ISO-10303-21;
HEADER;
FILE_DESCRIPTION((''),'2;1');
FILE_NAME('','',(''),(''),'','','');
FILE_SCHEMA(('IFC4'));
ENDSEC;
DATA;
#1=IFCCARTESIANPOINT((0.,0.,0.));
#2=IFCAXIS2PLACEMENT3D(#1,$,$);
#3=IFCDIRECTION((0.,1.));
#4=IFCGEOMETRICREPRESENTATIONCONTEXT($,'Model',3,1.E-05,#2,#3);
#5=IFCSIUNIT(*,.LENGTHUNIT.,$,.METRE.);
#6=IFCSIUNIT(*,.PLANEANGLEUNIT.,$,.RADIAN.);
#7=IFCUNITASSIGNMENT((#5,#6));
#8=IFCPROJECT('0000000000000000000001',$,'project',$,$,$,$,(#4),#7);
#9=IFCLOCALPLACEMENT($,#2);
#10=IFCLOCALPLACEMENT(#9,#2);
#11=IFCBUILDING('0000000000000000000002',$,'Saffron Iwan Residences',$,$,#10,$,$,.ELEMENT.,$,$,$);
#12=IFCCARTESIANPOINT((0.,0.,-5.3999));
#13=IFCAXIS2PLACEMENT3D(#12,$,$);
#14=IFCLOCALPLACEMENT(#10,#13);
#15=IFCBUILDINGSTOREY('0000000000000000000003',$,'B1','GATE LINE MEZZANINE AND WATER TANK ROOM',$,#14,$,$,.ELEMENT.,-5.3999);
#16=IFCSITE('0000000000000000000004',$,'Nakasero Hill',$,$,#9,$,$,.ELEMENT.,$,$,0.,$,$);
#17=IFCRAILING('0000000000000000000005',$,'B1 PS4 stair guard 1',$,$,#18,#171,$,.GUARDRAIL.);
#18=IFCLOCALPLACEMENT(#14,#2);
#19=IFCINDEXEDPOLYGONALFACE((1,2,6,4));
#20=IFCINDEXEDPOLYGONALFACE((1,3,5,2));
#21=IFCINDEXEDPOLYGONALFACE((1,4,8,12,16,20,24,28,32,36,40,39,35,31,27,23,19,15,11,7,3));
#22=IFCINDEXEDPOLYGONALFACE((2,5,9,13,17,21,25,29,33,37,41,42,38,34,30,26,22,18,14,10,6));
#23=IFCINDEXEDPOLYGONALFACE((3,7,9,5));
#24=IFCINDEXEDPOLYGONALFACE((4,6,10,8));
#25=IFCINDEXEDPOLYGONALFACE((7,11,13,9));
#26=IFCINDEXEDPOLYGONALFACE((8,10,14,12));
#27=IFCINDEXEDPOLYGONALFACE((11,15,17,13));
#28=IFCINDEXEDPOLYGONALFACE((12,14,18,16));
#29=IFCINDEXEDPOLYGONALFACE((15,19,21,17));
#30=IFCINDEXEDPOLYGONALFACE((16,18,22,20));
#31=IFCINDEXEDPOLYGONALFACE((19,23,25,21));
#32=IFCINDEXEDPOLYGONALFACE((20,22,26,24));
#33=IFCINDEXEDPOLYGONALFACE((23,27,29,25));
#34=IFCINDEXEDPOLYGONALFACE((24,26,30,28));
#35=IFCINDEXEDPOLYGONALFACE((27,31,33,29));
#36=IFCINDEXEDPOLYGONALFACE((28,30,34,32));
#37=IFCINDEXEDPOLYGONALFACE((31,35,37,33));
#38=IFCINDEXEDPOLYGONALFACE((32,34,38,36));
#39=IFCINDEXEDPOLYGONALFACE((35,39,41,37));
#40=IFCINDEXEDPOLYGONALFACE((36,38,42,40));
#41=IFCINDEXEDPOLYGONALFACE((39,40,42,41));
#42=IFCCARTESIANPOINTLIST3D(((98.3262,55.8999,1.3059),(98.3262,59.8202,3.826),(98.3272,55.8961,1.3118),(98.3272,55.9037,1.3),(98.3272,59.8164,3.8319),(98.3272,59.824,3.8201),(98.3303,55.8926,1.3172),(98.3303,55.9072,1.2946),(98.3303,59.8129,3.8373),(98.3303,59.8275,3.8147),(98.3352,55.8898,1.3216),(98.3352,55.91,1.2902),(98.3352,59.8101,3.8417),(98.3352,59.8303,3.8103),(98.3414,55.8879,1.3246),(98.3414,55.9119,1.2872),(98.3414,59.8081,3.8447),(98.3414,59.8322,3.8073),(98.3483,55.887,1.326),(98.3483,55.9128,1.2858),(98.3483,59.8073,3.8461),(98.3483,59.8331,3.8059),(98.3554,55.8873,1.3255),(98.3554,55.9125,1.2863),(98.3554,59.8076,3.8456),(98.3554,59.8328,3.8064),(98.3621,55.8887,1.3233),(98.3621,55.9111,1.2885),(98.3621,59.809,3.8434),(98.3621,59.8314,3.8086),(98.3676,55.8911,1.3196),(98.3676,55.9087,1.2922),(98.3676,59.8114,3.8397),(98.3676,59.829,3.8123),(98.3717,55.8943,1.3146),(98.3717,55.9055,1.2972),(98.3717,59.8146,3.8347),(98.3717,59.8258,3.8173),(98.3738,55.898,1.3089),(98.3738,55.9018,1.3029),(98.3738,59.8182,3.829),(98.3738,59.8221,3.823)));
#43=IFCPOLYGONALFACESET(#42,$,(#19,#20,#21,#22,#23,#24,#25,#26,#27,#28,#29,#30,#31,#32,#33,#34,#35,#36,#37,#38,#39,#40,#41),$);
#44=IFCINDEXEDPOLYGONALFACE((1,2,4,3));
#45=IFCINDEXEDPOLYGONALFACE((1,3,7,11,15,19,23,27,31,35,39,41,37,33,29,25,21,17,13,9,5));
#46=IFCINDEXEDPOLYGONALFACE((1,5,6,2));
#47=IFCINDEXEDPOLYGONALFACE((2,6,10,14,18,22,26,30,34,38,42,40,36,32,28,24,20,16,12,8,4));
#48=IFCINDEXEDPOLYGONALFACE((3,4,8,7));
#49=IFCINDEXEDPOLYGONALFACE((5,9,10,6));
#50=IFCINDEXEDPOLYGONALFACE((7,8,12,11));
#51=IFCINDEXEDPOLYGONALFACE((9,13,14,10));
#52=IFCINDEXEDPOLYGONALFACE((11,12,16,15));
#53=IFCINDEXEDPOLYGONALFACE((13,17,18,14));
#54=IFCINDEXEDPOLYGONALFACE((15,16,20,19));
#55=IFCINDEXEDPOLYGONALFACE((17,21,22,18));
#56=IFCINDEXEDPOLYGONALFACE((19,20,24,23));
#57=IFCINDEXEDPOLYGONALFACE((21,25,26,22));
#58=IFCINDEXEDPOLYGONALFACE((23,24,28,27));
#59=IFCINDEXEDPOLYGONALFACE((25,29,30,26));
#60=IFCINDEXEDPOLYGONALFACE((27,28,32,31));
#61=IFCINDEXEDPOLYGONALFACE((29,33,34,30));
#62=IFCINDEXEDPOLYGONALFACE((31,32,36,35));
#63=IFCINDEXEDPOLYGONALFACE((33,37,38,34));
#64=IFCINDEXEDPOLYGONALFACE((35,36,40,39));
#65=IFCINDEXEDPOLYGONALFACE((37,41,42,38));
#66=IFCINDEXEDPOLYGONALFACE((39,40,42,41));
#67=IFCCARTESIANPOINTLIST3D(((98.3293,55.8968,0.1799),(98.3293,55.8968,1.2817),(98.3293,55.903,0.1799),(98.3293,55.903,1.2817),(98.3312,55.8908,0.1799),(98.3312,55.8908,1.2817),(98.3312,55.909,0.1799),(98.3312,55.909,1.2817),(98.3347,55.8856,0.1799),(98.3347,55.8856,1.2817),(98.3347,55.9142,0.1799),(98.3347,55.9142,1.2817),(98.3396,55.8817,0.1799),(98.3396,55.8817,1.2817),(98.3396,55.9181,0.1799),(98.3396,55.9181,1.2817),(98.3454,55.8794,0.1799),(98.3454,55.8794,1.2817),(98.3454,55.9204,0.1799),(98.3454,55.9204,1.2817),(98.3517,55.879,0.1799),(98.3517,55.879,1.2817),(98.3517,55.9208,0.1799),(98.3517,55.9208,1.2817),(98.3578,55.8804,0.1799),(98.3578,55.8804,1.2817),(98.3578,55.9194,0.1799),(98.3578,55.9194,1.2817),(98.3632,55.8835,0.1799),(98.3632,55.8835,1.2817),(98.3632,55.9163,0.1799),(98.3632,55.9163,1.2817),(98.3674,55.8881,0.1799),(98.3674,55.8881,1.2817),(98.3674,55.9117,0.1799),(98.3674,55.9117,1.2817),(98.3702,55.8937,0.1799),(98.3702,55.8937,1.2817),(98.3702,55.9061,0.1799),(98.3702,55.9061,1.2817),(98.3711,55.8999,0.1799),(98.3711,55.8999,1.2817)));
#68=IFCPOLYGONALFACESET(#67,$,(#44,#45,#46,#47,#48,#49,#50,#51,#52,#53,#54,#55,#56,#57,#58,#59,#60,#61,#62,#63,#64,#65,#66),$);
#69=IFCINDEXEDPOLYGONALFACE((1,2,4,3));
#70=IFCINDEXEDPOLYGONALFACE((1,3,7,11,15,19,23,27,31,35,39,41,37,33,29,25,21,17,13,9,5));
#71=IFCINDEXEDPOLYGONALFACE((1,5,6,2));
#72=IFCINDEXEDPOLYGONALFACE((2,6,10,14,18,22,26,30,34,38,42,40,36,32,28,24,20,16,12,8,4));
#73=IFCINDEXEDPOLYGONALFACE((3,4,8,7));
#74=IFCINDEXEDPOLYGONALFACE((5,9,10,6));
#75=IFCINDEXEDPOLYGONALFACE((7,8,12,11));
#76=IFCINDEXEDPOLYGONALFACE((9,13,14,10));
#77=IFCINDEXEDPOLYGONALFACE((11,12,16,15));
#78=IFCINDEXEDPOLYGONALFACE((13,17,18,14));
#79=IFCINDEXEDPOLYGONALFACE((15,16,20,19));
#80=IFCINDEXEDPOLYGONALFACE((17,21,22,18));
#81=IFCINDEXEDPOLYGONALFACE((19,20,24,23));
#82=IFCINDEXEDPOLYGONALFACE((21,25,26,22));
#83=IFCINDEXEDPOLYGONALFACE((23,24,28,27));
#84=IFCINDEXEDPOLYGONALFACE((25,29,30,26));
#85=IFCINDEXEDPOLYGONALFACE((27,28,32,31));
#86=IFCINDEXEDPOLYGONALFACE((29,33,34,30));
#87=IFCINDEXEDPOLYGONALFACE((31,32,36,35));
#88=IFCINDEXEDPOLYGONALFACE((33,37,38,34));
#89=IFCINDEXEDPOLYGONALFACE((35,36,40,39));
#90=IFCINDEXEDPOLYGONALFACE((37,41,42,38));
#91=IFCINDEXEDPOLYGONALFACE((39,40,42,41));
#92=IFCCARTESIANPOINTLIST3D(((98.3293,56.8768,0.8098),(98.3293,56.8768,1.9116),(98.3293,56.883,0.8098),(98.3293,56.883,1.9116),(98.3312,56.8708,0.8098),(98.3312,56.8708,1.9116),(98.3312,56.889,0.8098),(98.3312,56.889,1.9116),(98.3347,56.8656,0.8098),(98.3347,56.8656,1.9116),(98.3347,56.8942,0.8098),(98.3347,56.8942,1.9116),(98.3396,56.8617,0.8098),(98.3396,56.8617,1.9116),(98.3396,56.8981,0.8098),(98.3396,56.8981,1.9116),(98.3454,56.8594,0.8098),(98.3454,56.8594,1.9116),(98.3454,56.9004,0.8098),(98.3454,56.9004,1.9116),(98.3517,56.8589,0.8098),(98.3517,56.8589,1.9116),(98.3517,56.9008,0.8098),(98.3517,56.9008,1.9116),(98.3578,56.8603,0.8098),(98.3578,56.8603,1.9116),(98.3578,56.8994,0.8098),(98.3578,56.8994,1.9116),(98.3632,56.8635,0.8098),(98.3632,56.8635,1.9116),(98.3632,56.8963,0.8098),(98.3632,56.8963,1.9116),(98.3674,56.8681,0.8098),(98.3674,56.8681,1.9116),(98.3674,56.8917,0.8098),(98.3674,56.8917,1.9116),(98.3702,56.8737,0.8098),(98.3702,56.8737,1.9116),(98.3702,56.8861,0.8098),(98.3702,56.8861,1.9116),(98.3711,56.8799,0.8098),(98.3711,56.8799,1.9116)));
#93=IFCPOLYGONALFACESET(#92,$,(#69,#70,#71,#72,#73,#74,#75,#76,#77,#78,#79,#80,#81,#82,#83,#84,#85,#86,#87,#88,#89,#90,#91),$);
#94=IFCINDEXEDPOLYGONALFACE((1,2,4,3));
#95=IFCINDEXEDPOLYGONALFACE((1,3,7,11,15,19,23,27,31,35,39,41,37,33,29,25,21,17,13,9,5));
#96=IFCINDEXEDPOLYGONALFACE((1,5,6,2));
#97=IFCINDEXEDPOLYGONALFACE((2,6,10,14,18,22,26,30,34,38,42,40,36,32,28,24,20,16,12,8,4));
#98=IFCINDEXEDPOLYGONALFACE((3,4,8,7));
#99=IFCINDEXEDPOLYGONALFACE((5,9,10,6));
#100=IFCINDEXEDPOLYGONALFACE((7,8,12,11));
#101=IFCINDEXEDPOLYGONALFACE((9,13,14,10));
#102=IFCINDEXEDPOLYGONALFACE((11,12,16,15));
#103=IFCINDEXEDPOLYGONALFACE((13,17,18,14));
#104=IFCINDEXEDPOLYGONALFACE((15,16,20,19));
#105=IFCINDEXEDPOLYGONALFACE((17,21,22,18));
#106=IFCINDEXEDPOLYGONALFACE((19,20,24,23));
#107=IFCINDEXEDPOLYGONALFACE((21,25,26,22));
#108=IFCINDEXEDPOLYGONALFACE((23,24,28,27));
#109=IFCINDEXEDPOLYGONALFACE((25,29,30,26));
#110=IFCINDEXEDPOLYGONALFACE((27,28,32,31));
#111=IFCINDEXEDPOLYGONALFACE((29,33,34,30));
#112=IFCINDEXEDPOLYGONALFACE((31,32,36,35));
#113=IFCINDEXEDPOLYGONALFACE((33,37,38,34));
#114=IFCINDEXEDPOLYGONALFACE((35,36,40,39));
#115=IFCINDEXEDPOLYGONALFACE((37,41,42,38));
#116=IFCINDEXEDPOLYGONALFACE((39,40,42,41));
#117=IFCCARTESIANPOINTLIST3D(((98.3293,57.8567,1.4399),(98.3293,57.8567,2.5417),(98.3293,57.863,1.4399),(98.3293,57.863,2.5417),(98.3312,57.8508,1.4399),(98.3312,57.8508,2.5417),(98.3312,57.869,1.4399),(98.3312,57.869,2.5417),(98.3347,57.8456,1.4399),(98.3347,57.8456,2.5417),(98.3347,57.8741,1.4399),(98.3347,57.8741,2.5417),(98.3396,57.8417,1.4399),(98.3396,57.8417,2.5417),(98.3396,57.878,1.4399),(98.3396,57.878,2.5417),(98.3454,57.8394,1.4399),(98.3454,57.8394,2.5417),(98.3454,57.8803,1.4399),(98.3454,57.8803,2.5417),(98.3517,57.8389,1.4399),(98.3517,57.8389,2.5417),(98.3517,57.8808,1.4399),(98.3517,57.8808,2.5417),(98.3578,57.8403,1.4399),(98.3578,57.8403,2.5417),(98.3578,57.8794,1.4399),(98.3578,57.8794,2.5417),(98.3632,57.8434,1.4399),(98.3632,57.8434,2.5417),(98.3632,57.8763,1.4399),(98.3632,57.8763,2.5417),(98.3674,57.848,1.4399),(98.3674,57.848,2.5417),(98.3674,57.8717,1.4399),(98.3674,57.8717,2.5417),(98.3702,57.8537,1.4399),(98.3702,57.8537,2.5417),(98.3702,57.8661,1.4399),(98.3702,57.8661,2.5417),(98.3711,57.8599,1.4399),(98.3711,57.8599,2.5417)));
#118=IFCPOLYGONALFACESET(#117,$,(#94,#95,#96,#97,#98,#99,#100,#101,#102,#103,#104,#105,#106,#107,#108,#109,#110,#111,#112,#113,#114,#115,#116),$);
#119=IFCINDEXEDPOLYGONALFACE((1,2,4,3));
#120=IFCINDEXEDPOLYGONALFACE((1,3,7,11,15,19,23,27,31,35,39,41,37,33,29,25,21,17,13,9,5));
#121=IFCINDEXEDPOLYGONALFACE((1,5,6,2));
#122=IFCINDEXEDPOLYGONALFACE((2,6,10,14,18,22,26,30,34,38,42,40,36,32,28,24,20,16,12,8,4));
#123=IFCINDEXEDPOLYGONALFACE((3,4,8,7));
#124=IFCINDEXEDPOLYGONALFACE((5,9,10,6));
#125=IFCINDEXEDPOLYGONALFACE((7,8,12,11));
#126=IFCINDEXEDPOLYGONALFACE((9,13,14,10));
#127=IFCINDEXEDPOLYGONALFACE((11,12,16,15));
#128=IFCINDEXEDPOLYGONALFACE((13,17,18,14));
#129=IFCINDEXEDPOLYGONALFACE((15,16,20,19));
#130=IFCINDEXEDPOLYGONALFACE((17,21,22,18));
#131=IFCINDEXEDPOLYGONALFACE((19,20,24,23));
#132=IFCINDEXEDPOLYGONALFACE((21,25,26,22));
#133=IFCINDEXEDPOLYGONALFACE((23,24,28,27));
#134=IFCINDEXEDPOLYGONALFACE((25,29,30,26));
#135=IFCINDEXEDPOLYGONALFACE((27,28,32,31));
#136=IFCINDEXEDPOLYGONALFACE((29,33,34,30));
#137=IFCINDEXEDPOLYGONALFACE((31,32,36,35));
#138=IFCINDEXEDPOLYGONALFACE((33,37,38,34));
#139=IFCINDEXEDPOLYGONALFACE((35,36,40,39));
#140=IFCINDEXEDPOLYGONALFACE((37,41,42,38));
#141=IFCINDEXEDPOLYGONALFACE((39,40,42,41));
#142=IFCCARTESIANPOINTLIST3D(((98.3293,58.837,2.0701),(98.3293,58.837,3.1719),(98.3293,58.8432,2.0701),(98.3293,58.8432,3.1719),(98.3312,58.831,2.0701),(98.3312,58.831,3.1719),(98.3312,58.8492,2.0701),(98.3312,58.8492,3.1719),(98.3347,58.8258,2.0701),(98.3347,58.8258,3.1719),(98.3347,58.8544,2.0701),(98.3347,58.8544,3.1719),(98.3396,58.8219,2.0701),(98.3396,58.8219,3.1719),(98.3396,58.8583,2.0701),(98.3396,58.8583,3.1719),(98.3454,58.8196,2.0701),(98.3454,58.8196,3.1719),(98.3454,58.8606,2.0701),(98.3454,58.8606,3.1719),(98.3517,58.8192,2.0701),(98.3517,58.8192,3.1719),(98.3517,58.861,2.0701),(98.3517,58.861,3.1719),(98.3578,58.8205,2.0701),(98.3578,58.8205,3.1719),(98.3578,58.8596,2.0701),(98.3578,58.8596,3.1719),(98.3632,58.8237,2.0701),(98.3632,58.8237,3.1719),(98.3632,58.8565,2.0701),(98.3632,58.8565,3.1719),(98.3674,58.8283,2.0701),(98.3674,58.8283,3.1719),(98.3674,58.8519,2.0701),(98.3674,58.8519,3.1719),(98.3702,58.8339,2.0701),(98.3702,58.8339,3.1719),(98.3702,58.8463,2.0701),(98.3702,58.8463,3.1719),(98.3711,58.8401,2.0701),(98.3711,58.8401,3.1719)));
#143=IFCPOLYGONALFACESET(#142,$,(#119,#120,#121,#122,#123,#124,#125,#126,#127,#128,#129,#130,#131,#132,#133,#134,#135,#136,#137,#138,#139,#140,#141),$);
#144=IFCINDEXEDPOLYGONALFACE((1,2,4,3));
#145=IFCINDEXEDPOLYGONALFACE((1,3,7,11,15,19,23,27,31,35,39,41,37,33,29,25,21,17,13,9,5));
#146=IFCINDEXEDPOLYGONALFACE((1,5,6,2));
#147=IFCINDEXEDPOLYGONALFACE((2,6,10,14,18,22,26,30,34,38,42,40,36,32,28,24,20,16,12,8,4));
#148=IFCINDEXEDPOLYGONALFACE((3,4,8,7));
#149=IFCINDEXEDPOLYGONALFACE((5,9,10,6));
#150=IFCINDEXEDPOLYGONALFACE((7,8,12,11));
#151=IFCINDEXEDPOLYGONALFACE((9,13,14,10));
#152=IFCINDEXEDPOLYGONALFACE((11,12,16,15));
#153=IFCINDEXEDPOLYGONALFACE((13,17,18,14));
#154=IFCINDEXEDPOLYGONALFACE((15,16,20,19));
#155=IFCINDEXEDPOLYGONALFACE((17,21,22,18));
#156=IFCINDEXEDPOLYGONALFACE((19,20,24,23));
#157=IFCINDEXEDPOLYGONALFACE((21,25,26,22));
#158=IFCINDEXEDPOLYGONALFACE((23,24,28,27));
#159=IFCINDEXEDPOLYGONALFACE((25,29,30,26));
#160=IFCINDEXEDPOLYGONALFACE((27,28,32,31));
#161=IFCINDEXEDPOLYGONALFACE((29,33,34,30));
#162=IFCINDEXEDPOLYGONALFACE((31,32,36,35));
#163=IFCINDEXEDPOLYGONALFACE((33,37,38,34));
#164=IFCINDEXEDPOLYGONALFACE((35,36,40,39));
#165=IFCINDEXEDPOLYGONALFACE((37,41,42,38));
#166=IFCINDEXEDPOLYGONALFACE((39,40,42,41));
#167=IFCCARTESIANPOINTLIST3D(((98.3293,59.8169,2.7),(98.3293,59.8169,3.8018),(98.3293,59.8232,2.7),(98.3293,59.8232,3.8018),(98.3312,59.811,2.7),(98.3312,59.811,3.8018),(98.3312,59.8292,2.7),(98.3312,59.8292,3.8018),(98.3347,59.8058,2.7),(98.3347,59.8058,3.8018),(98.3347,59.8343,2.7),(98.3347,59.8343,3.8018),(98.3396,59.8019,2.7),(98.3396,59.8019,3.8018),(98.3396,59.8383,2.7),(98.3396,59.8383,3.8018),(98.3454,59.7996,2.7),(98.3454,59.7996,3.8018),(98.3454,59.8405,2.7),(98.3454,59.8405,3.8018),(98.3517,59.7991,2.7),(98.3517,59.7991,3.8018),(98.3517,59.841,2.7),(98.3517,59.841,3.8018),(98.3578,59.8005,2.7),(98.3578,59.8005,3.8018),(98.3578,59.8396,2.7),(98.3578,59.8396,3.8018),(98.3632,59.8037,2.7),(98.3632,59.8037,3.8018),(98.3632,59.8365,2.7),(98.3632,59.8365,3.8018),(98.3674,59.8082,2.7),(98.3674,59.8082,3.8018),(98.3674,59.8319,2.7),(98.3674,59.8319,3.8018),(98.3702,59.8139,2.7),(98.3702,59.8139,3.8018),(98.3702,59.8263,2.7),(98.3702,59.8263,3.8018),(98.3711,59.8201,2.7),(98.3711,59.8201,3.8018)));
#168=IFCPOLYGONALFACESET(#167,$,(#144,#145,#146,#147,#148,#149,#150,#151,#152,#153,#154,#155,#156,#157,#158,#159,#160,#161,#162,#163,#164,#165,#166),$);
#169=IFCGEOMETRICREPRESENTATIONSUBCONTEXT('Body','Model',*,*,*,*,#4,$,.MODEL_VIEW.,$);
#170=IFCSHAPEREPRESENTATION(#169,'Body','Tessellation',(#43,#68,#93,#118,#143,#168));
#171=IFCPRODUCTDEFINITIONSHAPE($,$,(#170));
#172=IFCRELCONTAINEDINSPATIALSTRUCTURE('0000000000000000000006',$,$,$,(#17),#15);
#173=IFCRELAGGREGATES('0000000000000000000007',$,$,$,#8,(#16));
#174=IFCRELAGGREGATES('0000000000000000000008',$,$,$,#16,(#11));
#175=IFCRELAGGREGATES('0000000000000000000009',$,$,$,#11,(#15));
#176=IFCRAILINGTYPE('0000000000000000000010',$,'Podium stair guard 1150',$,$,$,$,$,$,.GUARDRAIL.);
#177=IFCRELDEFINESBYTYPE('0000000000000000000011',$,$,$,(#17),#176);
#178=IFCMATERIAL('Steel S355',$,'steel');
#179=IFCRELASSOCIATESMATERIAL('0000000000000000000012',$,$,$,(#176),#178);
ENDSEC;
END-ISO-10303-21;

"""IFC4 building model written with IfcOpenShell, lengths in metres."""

from ifc_helpers import new_model, si_unit, direction, frame, origin, origin_2d, place, context, subcontext, project, spatial, circle, extrude, material, type_object, element, save


model = new_model("IFC4")

# Units and contexts
model_context = context("Model", 3, precision=1e-05, world=origin(), true_north=direction((0.0, 1.0)))
body_context = subcontext(model_context, "Body", "Model", "MODEL_VIEW")
ifc_project = project(units=[si_unit("LENGTHUNIT", "METRE"), si_unit("PLANEANGLEUNIT", "RADIAN")], contexts=[model_context])

# Site, building, storey
site_placement = place(None, origin())
site = spatial("IfcSite", under=ifc_project, at=site_placement, Name="Nakasero Hill", CompositionType="ELEMENT", RefElevation=0.0)
building_placement = place(site_placement, origin())
building = spatial("IfcBuilding", under=site, at=building_placement, Name="Saffron Iwan Residences", CompositionType="ELEMENT")
storey_placement = place(building_placement, frame((0.0, 0.0, -5.3999)))
storey = spatial("IfcBuildingStorey", under=building, at=storey_placement, Name="B1", Description="GATE LINE MEZZANINE AND WATER TANK ROOM", CompositionType="ELEMENT", Elevation=-5.3999)

# Railing
ifc_material_1 = material(Name="Steel S355", Category="steel")
railing_type_1 = type_object("IfcRailingType", Name="Podium stair guard 1150", PredefinedType="GUARDRAIL", material=ifc_material_1)
railing_1_placement = place(storey_placement, frame((98.3501, 55.8999, 0.1799)))
element("IfcRailing", 1, at=railing_1_placement, inside=storey, type_object=railing_type_1, Name="B1 PS4 stair guard 1", PredefinedType="GUARDRAIL", context=body_context, shape_type="SweptSolid", body=[
    extrude(circle(Radius=0.0239, at=origin_2d()), frame((0.0, 0.0, 1.126), z_axis=(0.0, 0.841187, 0.540744), x_axis=(-1.0, 0.0, 0.0)), (0.0, 0.0, 1.0), 4.6604),
    extrude(circle(Radius=0.021, at=origin_2d()), origin(), (0.0, 0.0, 1.0), 1.1018),
    extrude(circle(Radius=0.021, at=origin_2d()), frame((0.0, 0.98, 0.6299)), (0.0, 0.0, 1.0), 1.1018),
    extrude(circle(Radius=0.021, at=origin_2d()), frame((0.0, 1.96, 1.26)), (0.0, 0.0, 1.0), 1.1018),
    extrude(circle(Radius=0.021, at=origin_2d()), frame((0.0, 2.9402, 1.8901)), (0.0, 0.0, 1.0), 1.1018),
    extrude(circle(Radius=0.021, at=origin_2d()), frame((0.0, 3.9202, 2.52)), (0.0, 0.0, 1.0), 1.1018),
])

save(model, "model.ifc")
